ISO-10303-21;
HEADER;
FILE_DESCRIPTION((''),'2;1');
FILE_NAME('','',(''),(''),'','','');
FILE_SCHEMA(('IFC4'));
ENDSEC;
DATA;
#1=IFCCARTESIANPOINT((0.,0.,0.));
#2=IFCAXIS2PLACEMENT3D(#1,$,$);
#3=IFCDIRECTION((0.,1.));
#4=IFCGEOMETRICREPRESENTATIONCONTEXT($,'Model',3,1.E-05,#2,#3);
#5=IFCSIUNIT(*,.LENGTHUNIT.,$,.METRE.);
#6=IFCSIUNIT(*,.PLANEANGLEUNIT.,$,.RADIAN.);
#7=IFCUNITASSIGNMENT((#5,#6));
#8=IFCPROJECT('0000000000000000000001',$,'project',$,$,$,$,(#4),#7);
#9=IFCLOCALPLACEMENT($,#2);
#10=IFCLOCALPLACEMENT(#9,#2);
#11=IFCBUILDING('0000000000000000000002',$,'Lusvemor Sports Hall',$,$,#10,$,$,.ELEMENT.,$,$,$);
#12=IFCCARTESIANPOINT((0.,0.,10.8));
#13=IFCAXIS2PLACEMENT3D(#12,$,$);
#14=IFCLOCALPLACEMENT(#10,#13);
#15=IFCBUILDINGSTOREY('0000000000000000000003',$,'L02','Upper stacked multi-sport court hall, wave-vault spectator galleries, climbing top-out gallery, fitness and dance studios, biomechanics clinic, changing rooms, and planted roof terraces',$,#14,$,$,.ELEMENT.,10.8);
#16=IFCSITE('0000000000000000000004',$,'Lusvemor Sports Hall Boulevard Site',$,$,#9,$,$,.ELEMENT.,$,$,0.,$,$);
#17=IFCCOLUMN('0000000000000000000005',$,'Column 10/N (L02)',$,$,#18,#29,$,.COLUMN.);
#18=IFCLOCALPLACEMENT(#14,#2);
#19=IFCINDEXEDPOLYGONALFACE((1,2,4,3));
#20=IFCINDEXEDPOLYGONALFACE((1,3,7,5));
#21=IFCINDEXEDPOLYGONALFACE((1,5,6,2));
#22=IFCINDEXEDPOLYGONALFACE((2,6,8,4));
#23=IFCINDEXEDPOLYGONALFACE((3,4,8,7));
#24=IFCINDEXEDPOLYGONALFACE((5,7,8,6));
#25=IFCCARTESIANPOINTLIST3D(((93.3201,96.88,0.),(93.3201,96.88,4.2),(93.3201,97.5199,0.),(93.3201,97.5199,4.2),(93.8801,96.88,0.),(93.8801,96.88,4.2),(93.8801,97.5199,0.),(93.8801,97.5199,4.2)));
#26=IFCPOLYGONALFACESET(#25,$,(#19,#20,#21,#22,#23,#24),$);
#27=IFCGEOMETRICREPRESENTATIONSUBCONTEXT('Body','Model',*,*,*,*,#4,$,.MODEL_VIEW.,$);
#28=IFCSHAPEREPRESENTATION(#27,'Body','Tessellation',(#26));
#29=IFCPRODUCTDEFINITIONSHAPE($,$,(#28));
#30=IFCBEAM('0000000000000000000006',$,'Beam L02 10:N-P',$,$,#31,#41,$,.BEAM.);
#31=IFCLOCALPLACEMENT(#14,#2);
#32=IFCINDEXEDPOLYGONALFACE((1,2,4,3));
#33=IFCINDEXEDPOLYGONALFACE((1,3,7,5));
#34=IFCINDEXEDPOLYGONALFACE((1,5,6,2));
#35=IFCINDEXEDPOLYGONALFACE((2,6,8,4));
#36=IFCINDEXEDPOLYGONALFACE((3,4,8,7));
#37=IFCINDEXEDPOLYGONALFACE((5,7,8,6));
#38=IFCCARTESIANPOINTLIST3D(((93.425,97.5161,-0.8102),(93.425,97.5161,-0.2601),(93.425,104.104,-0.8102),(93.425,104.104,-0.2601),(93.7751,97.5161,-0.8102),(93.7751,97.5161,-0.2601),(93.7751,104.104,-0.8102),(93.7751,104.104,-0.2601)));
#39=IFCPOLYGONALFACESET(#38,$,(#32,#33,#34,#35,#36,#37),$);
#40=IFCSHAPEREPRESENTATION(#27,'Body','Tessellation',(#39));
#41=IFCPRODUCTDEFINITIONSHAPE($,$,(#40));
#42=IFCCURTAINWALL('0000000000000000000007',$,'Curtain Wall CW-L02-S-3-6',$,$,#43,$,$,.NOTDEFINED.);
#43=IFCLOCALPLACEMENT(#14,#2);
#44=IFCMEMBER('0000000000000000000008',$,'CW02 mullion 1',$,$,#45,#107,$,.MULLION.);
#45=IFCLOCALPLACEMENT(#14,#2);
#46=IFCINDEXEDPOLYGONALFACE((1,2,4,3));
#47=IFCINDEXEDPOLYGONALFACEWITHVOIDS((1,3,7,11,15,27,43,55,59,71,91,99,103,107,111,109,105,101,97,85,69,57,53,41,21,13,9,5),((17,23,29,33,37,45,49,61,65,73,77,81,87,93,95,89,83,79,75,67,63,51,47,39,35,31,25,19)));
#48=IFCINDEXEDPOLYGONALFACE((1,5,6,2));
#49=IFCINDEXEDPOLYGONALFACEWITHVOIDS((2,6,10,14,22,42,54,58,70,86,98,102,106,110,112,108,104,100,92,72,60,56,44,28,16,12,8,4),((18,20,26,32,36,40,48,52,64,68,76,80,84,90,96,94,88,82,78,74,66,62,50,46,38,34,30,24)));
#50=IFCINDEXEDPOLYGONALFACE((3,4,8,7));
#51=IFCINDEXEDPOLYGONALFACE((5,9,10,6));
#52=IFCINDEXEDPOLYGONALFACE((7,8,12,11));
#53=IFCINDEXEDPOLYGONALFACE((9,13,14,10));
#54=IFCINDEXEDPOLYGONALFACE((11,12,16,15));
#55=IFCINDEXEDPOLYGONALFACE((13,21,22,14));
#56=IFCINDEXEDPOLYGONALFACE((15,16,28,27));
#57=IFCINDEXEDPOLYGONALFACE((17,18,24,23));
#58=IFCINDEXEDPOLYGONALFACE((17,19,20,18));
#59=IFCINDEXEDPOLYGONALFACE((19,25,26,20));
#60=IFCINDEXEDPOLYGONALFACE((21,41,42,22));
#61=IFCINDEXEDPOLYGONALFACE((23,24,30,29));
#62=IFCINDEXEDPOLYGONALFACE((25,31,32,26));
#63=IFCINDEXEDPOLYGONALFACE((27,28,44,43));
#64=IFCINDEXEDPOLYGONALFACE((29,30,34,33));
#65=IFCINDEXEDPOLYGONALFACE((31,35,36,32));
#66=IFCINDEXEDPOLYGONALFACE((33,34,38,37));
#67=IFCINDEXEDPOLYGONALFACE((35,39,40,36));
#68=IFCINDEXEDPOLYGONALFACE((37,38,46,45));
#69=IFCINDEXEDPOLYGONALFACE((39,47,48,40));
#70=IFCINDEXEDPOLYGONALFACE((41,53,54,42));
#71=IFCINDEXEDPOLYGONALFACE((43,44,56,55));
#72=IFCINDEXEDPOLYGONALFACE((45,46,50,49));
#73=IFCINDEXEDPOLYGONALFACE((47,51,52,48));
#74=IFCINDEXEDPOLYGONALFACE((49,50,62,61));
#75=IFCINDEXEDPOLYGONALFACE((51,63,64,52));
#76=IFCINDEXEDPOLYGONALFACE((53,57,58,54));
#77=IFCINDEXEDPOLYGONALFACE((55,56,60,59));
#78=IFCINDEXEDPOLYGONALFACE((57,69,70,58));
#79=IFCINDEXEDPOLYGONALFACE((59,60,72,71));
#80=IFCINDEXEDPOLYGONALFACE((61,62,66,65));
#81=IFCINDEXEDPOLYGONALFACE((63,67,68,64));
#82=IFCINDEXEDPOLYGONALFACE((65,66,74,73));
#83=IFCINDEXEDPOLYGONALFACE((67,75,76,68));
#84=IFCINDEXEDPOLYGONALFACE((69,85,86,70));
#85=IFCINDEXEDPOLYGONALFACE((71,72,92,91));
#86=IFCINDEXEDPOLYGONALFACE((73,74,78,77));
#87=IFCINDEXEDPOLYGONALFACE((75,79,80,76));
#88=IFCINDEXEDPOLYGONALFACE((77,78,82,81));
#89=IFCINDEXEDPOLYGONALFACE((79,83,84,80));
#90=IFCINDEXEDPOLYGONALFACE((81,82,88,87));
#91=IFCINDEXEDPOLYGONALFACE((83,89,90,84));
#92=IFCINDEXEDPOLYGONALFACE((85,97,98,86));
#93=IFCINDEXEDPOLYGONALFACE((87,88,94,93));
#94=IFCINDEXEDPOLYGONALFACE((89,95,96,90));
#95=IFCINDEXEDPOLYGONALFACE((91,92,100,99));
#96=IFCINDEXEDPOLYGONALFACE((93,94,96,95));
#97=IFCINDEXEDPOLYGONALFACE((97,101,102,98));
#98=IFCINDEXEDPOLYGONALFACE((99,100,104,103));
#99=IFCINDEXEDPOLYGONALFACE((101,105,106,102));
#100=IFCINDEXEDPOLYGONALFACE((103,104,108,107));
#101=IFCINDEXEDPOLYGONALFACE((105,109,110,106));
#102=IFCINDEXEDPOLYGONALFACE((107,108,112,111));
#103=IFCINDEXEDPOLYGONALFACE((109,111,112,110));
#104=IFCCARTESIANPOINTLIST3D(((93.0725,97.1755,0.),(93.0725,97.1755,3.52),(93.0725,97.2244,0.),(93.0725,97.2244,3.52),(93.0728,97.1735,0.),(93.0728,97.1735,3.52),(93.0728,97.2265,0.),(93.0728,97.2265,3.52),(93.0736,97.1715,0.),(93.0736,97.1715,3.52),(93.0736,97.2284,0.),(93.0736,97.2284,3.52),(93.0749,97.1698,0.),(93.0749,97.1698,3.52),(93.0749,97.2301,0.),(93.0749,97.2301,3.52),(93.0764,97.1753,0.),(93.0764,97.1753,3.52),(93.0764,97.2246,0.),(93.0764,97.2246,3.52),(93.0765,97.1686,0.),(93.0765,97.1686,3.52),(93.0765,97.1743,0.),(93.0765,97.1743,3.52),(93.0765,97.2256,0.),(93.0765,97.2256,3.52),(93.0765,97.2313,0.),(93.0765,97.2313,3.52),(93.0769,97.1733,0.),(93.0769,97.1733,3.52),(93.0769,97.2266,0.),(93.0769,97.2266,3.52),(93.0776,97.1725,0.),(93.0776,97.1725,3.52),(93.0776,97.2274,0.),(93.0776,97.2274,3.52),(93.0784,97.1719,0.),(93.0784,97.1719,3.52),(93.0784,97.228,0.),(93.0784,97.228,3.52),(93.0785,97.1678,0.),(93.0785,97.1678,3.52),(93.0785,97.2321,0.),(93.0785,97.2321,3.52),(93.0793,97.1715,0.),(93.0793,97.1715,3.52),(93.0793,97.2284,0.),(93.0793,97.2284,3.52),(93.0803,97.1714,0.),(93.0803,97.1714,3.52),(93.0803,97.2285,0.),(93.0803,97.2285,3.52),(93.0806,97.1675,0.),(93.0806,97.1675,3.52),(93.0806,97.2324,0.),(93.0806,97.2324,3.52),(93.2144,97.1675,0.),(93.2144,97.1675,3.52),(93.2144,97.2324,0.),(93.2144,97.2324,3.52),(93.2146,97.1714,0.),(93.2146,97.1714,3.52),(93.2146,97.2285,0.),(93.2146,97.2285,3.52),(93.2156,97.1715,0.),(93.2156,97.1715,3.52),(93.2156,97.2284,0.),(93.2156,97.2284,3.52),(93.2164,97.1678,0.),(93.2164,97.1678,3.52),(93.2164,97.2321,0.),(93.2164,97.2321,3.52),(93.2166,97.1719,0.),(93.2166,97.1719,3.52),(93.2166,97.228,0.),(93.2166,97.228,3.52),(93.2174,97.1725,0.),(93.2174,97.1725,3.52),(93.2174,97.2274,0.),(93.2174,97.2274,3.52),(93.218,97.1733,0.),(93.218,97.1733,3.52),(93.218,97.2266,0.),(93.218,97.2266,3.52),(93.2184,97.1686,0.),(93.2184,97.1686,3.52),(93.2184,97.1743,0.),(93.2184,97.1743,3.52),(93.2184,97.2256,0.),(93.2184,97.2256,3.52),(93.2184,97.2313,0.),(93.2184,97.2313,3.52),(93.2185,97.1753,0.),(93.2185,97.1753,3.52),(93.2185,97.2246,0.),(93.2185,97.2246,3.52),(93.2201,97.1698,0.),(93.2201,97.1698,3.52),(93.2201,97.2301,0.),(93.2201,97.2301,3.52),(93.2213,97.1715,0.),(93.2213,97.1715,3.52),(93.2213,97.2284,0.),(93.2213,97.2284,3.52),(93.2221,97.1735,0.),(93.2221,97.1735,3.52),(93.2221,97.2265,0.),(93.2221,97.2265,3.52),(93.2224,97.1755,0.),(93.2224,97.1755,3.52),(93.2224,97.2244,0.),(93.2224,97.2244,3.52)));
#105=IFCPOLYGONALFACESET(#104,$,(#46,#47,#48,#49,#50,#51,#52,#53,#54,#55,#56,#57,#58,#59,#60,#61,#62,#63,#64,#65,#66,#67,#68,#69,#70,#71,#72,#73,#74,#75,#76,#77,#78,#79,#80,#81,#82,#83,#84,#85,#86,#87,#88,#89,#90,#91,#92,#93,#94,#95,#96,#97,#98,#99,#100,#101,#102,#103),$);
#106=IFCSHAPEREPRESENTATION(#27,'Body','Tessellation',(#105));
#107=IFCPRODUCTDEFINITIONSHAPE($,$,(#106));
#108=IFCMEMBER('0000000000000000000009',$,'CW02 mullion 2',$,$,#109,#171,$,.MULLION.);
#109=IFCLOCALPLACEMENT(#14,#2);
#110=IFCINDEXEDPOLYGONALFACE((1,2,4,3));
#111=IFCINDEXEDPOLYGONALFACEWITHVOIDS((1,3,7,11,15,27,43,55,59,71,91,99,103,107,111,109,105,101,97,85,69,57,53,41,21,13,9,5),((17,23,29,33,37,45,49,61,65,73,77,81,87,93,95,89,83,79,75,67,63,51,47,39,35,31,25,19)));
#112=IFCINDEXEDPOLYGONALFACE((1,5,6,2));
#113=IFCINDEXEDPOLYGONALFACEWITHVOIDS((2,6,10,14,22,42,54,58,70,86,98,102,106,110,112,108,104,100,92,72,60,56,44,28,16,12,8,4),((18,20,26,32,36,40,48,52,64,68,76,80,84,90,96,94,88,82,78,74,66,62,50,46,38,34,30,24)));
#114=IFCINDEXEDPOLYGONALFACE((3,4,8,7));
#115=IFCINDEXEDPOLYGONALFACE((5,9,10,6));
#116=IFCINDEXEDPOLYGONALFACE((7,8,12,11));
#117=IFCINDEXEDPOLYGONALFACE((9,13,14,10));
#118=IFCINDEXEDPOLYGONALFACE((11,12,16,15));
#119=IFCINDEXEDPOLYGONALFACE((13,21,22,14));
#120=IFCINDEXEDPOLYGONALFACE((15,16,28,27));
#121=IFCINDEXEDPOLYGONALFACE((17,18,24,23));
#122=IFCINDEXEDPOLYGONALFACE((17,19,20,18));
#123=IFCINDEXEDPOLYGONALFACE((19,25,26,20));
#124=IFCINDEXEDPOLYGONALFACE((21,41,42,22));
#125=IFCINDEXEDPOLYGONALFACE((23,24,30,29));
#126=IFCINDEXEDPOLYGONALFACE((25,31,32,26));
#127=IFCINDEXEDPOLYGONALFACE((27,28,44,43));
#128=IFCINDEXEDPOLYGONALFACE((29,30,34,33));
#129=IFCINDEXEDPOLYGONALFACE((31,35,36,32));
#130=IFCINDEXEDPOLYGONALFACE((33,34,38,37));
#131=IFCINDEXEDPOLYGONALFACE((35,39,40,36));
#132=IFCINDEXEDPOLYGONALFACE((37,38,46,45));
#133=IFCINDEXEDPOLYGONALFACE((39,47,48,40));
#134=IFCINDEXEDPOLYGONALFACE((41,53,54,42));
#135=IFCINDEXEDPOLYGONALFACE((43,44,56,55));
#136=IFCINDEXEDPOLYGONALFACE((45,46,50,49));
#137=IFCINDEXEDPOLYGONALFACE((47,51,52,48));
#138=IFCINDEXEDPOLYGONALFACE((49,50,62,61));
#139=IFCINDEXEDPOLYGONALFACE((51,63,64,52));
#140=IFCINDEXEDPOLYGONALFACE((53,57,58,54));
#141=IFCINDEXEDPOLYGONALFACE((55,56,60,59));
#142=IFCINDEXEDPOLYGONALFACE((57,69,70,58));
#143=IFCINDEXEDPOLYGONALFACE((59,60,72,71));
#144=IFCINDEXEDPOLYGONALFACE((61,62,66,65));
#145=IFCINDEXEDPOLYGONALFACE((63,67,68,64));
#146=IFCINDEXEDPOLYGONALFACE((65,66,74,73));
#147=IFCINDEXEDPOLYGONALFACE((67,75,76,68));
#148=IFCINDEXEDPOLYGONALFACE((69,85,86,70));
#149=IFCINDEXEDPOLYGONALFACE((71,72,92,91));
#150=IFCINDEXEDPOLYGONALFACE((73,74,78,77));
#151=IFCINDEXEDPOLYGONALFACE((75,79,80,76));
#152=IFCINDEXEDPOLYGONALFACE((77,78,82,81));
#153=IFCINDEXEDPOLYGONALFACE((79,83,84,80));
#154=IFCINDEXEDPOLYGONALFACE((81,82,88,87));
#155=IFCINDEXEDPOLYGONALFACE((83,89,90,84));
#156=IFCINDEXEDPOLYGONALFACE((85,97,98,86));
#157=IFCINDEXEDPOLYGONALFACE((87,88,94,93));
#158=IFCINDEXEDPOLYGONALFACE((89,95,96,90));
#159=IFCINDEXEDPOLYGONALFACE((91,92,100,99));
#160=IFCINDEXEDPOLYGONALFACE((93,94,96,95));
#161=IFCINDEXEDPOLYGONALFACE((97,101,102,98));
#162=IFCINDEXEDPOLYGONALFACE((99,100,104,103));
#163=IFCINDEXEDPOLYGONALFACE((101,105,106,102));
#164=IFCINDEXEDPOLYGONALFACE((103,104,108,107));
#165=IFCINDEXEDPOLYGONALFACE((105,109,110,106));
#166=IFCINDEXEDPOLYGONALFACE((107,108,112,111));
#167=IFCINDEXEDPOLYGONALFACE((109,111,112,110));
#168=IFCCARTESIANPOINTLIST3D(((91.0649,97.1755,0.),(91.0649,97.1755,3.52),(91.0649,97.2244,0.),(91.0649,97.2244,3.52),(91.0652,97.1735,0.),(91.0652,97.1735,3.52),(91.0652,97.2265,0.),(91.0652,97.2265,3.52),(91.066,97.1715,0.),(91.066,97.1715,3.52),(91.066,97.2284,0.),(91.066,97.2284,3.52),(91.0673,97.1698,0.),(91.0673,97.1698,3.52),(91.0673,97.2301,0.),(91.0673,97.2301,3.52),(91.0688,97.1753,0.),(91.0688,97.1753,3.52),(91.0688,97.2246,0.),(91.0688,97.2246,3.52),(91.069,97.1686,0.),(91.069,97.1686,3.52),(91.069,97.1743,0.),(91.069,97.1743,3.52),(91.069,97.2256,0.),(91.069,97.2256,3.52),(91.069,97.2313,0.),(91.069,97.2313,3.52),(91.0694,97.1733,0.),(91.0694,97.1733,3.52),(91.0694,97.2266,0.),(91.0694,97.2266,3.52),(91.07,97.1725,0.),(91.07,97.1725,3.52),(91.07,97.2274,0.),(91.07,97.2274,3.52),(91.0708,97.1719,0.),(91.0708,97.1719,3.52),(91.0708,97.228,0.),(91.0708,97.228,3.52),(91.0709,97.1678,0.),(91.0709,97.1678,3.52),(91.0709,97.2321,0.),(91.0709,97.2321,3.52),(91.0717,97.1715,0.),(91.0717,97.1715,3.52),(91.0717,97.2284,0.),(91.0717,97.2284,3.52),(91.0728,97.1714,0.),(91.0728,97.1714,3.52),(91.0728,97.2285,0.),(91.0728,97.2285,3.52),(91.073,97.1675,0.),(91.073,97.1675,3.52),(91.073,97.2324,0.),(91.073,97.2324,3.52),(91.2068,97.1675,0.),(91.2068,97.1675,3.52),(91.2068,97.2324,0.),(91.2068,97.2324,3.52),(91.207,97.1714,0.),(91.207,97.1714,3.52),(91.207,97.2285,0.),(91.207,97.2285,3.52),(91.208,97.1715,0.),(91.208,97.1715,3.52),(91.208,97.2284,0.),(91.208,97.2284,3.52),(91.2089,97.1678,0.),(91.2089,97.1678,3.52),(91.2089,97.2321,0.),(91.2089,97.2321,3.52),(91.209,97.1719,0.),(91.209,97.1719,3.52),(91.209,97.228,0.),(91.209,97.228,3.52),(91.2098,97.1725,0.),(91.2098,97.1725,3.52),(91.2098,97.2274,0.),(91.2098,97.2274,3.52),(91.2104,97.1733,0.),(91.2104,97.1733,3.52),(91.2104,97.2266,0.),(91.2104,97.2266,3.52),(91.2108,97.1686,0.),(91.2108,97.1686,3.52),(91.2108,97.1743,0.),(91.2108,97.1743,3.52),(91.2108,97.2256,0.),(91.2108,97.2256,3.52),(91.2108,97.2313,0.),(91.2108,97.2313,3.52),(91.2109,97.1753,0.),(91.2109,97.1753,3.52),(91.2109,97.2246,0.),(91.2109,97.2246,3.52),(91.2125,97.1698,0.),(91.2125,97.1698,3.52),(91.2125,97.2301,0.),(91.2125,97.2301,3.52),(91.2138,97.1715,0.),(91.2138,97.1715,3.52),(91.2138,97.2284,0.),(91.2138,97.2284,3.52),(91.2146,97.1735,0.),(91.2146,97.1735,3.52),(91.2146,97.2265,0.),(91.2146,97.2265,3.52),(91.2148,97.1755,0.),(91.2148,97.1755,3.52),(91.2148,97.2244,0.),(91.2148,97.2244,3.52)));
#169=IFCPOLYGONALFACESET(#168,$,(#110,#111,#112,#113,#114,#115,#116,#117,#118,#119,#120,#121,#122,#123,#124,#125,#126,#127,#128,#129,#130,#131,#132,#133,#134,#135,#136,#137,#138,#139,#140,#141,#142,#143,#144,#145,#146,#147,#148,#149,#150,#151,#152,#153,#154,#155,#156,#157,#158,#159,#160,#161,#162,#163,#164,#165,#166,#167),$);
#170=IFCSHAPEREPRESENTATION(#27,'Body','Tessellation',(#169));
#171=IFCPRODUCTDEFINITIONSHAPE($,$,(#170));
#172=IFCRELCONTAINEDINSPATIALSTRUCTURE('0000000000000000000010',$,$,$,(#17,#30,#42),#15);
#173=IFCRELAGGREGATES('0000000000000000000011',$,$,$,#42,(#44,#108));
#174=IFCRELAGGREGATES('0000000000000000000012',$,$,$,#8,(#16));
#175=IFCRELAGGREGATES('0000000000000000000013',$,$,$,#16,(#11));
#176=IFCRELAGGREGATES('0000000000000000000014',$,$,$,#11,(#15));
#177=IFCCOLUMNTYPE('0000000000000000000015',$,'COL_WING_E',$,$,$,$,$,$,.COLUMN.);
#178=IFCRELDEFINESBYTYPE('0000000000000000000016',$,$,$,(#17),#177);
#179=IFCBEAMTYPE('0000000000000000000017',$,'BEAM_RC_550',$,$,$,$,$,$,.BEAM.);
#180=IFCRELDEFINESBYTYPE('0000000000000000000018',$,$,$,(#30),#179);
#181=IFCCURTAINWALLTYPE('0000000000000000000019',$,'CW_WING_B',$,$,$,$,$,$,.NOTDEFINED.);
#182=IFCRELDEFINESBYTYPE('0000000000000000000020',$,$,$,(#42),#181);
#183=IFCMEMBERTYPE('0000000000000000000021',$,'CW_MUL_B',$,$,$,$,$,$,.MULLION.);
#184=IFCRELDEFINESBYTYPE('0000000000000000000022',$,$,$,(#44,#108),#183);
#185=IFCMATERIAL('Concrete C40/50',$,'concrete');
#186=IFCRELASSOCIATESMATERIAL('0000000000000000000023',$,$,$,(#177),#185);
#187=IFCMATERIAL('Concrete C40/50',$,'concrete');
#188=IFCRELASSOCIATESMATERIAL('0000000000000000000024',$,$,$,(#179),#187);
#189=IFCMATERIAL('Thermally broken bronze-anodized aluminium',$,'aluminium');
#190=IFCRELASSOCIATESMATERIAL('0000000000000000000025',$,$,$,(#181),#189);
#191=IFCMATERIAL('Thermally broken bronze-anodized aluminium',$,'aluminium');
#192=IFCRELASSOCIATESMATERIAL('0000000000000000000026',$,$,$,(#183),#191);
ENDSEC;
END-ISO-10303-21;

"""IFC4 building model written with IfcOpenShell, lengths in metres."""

from ifc_helpers import new_model, si_unit, direction, frame, origin, origin_2d, place, context, subcontext, project, spatial, rectangle, hollow_rectangle, extrude, material, material_profile, profile_set, type_object, element, aggregate, save


model = new_model("IFC4")

# Units and contexts
model_context = context("Model", 3, precision=1e-05, world=origin(), true_north=direction((0.0, 1.0)))
body_context = subcontext(model_context, "Body", "Model", "MODEL_VIEW")
ifc_project = project(units=[si_unit("LENGTHUNIT", "METRE"), si_unit("PLANEANGLEUNIT", "RADIAN")], contexts=[model_context])

# Site, building, storey
site_placement = place(None, origin())
site = spatial("IfcSite", under=ifc_project, at=site_placement, Name="Lusvemor Sports Hall Boulevard Site", CompositionType="ELEMENT", RefElevation=0.0)
building_placement = place(site_placement, origin())
building = spatial("IfcBuilding", under=site, at=building_placement, Name="Lusvemor Sports Hall", CompositionType="ELEMENT")
storey_placement = place(building_placement, frame((0.0, 0.0, 10.8)))
storey = spatial("IfcBuildingStorey", under=building, at=storey_placement, Name="L02", Description="Upper stacked multi-sport court hall, wave-vault spectator galleries, climbing top-out gallery, fitness and dance studios, biomechanics clinic, changing rooms, and planted roof terraces", CompositionType="ELEMENT", Elevation=10.8)

# Column
ifc_material_1 = material(Name="Concrete C40/50", Category="concrete")
ifc_material_profile_1 = material_profile(ifc_material_1, rectangle(XDim=0.5601, YDim=0.6399, at=origin_2d()), Name="RC560x640")
ifc_profile_set_1 = profile_set([ifc_material_profile_1], Name="Concrete C40/50")
column_type = type_object("IfcColumnType", Name="COL_WING_E", PredefinedType="COLUMN", material=ifc_profile_set_1)
column_placement = place(storey_placement, frame((93.6001, 97.2, 0.0), z_axis=(0.0, 0.0, 1.0), x_axis=(1.0, 0.0, 0.0)))
element("IfcColumn", 1, at=column_placement, inside=storey, type_object=column_type, Name="Column 10/N (L02)", PredefinedType="COLUMN", context=body_context, shape_type="SweptSolid", body=[
    extrude(rectangle(XDim=0.5601, YDim=0.6399, at=origin_2d()), origin(), (0.0, 0.0, 1.0), 4.2),
])

# Beam
ifc_material_2 = material(Name="Concrete C40/50", Category="concrete")
ifc_material_profile_2 = material_profile(ifc_material_2, rectangle(XDim=0.3501, YDim=0.55, at=origin_2d()), Name="RC350x550")
ifc_profile_set_2 = profile_set([ifc_material_profile_2], Name="Concrete C40/50")
beam_type_1 = type_object("IfcBeamType", Name="BEAM_RC_550", PredefinedType="BEAM", material=ifc_profile_set_2)
beam_1_placement = place(storey_placement, frame((93.6001, 97.5161, -0.5352), z_axis=(0.0, 1.0, 0.0), x_axis=(-1.0, 0.0, 0.0)))
element("IfcBeam", 2, at=beam_1_placement, inside=storey, type_object=beam_type_1, Name="Beam L02 10:N-P", PredefinedType="BEAM", context=body_context, shape_type="SweptSolid", body=[
    extrude(rectangle(XDim=0.3501, YDim=0.55, at=origin_2d()), origin(), (0.0, 0.0, 1.0), 6.5879),
])

# Curtain wall, members
ifc_material_3 = material(Name="Thermally broken bronze-anodized aluminium", Category="aluminium")
curtain_wall_type = type_object("IfcCurtainWallType", Name="CW_WING_B", PredefinedType="NOTDEFINED", material=ifc_material_3)
curtain_wall_placement = place(storey_placement, origin())
curtain_wall = element("IfcCurtainWall", 3, at=curtain_wall_placement, inside=storey, type_object=curtain_wall_type, Name="Curtain Wall CW-L02-S-3-6", PredefinedType="NOTDEFINED")
ifc_material_4 = material(Name="Thermally broken bronze-anodized aluminium", Category="aluminium")
ifc_material_profile_3 = material_profile(ifc_material_4, hollow_rectangle(XDim=0.0649, YDim=0.1499, WallThickness=0.0039, InnerFilletRadius=0.0039, OuterFilletRadius=0.0081, at=origin_2d()), Name="CWMUL150x65x4")
ifc_profile_set_3 = profile_set([ifc_material_profile_3], Name="Thermally broken bronze-anodized aluminium")
member_type_1 = type_object("IfcMemberType", Name="CW_MUL_B", PredefinedType="MULLION", material=ifc_profile_set_3)
member_1_placement = place(storey_placement, frame((93.1475, 97.2, 0.0), z_axis=(0.0, 0.0, 1.0), x_axis=(0.0, -1.0, 0.0)))
member_1 = element("IfcMember", 4, at=member_1_placement, type_object=member_type_1, Name="CW02 mullion 1", PredefinedType="MULLION", context=body_context, shape_type="SweptSolid", body=[
    extrude(hollow_rectangle(XDim=0.0649, YDim=0.1499, WallThickness=0.0039, InnerFilletRadius=0.0039, OuterFilletRadius=0.0081, at=origin_2d()), origin(), (0.0, 0.0, 1.0), 3.52),
])
member_2_placement = place(storey_placement, frame((91.1399, 97.2, 0.0), z_axis=(0.0, 0.0, 1.0), x_axis=(0.0, -1.0, 0.0)))
member_2 = element("IfcMember", 5, at=member_2_placement, type_object=member_type_1, Name="CW02 mullion 2", PredefinedType="MULLION", context=body_context, shape_type="SweptSolid", body=[
    extrude(hollow_rectangle(XDim=0.0649, YDim=0.1499, WallThickness=0.0039, InnerFilletRadius=0.0039, OuterFilletRadius=0.0081, at=origin_2d()), origin(), (0.0, 0.0, 1.0), 3.52),
])

aggregate(curtain_wall, [member_1, member_2])

save(model, "model.ifc")
